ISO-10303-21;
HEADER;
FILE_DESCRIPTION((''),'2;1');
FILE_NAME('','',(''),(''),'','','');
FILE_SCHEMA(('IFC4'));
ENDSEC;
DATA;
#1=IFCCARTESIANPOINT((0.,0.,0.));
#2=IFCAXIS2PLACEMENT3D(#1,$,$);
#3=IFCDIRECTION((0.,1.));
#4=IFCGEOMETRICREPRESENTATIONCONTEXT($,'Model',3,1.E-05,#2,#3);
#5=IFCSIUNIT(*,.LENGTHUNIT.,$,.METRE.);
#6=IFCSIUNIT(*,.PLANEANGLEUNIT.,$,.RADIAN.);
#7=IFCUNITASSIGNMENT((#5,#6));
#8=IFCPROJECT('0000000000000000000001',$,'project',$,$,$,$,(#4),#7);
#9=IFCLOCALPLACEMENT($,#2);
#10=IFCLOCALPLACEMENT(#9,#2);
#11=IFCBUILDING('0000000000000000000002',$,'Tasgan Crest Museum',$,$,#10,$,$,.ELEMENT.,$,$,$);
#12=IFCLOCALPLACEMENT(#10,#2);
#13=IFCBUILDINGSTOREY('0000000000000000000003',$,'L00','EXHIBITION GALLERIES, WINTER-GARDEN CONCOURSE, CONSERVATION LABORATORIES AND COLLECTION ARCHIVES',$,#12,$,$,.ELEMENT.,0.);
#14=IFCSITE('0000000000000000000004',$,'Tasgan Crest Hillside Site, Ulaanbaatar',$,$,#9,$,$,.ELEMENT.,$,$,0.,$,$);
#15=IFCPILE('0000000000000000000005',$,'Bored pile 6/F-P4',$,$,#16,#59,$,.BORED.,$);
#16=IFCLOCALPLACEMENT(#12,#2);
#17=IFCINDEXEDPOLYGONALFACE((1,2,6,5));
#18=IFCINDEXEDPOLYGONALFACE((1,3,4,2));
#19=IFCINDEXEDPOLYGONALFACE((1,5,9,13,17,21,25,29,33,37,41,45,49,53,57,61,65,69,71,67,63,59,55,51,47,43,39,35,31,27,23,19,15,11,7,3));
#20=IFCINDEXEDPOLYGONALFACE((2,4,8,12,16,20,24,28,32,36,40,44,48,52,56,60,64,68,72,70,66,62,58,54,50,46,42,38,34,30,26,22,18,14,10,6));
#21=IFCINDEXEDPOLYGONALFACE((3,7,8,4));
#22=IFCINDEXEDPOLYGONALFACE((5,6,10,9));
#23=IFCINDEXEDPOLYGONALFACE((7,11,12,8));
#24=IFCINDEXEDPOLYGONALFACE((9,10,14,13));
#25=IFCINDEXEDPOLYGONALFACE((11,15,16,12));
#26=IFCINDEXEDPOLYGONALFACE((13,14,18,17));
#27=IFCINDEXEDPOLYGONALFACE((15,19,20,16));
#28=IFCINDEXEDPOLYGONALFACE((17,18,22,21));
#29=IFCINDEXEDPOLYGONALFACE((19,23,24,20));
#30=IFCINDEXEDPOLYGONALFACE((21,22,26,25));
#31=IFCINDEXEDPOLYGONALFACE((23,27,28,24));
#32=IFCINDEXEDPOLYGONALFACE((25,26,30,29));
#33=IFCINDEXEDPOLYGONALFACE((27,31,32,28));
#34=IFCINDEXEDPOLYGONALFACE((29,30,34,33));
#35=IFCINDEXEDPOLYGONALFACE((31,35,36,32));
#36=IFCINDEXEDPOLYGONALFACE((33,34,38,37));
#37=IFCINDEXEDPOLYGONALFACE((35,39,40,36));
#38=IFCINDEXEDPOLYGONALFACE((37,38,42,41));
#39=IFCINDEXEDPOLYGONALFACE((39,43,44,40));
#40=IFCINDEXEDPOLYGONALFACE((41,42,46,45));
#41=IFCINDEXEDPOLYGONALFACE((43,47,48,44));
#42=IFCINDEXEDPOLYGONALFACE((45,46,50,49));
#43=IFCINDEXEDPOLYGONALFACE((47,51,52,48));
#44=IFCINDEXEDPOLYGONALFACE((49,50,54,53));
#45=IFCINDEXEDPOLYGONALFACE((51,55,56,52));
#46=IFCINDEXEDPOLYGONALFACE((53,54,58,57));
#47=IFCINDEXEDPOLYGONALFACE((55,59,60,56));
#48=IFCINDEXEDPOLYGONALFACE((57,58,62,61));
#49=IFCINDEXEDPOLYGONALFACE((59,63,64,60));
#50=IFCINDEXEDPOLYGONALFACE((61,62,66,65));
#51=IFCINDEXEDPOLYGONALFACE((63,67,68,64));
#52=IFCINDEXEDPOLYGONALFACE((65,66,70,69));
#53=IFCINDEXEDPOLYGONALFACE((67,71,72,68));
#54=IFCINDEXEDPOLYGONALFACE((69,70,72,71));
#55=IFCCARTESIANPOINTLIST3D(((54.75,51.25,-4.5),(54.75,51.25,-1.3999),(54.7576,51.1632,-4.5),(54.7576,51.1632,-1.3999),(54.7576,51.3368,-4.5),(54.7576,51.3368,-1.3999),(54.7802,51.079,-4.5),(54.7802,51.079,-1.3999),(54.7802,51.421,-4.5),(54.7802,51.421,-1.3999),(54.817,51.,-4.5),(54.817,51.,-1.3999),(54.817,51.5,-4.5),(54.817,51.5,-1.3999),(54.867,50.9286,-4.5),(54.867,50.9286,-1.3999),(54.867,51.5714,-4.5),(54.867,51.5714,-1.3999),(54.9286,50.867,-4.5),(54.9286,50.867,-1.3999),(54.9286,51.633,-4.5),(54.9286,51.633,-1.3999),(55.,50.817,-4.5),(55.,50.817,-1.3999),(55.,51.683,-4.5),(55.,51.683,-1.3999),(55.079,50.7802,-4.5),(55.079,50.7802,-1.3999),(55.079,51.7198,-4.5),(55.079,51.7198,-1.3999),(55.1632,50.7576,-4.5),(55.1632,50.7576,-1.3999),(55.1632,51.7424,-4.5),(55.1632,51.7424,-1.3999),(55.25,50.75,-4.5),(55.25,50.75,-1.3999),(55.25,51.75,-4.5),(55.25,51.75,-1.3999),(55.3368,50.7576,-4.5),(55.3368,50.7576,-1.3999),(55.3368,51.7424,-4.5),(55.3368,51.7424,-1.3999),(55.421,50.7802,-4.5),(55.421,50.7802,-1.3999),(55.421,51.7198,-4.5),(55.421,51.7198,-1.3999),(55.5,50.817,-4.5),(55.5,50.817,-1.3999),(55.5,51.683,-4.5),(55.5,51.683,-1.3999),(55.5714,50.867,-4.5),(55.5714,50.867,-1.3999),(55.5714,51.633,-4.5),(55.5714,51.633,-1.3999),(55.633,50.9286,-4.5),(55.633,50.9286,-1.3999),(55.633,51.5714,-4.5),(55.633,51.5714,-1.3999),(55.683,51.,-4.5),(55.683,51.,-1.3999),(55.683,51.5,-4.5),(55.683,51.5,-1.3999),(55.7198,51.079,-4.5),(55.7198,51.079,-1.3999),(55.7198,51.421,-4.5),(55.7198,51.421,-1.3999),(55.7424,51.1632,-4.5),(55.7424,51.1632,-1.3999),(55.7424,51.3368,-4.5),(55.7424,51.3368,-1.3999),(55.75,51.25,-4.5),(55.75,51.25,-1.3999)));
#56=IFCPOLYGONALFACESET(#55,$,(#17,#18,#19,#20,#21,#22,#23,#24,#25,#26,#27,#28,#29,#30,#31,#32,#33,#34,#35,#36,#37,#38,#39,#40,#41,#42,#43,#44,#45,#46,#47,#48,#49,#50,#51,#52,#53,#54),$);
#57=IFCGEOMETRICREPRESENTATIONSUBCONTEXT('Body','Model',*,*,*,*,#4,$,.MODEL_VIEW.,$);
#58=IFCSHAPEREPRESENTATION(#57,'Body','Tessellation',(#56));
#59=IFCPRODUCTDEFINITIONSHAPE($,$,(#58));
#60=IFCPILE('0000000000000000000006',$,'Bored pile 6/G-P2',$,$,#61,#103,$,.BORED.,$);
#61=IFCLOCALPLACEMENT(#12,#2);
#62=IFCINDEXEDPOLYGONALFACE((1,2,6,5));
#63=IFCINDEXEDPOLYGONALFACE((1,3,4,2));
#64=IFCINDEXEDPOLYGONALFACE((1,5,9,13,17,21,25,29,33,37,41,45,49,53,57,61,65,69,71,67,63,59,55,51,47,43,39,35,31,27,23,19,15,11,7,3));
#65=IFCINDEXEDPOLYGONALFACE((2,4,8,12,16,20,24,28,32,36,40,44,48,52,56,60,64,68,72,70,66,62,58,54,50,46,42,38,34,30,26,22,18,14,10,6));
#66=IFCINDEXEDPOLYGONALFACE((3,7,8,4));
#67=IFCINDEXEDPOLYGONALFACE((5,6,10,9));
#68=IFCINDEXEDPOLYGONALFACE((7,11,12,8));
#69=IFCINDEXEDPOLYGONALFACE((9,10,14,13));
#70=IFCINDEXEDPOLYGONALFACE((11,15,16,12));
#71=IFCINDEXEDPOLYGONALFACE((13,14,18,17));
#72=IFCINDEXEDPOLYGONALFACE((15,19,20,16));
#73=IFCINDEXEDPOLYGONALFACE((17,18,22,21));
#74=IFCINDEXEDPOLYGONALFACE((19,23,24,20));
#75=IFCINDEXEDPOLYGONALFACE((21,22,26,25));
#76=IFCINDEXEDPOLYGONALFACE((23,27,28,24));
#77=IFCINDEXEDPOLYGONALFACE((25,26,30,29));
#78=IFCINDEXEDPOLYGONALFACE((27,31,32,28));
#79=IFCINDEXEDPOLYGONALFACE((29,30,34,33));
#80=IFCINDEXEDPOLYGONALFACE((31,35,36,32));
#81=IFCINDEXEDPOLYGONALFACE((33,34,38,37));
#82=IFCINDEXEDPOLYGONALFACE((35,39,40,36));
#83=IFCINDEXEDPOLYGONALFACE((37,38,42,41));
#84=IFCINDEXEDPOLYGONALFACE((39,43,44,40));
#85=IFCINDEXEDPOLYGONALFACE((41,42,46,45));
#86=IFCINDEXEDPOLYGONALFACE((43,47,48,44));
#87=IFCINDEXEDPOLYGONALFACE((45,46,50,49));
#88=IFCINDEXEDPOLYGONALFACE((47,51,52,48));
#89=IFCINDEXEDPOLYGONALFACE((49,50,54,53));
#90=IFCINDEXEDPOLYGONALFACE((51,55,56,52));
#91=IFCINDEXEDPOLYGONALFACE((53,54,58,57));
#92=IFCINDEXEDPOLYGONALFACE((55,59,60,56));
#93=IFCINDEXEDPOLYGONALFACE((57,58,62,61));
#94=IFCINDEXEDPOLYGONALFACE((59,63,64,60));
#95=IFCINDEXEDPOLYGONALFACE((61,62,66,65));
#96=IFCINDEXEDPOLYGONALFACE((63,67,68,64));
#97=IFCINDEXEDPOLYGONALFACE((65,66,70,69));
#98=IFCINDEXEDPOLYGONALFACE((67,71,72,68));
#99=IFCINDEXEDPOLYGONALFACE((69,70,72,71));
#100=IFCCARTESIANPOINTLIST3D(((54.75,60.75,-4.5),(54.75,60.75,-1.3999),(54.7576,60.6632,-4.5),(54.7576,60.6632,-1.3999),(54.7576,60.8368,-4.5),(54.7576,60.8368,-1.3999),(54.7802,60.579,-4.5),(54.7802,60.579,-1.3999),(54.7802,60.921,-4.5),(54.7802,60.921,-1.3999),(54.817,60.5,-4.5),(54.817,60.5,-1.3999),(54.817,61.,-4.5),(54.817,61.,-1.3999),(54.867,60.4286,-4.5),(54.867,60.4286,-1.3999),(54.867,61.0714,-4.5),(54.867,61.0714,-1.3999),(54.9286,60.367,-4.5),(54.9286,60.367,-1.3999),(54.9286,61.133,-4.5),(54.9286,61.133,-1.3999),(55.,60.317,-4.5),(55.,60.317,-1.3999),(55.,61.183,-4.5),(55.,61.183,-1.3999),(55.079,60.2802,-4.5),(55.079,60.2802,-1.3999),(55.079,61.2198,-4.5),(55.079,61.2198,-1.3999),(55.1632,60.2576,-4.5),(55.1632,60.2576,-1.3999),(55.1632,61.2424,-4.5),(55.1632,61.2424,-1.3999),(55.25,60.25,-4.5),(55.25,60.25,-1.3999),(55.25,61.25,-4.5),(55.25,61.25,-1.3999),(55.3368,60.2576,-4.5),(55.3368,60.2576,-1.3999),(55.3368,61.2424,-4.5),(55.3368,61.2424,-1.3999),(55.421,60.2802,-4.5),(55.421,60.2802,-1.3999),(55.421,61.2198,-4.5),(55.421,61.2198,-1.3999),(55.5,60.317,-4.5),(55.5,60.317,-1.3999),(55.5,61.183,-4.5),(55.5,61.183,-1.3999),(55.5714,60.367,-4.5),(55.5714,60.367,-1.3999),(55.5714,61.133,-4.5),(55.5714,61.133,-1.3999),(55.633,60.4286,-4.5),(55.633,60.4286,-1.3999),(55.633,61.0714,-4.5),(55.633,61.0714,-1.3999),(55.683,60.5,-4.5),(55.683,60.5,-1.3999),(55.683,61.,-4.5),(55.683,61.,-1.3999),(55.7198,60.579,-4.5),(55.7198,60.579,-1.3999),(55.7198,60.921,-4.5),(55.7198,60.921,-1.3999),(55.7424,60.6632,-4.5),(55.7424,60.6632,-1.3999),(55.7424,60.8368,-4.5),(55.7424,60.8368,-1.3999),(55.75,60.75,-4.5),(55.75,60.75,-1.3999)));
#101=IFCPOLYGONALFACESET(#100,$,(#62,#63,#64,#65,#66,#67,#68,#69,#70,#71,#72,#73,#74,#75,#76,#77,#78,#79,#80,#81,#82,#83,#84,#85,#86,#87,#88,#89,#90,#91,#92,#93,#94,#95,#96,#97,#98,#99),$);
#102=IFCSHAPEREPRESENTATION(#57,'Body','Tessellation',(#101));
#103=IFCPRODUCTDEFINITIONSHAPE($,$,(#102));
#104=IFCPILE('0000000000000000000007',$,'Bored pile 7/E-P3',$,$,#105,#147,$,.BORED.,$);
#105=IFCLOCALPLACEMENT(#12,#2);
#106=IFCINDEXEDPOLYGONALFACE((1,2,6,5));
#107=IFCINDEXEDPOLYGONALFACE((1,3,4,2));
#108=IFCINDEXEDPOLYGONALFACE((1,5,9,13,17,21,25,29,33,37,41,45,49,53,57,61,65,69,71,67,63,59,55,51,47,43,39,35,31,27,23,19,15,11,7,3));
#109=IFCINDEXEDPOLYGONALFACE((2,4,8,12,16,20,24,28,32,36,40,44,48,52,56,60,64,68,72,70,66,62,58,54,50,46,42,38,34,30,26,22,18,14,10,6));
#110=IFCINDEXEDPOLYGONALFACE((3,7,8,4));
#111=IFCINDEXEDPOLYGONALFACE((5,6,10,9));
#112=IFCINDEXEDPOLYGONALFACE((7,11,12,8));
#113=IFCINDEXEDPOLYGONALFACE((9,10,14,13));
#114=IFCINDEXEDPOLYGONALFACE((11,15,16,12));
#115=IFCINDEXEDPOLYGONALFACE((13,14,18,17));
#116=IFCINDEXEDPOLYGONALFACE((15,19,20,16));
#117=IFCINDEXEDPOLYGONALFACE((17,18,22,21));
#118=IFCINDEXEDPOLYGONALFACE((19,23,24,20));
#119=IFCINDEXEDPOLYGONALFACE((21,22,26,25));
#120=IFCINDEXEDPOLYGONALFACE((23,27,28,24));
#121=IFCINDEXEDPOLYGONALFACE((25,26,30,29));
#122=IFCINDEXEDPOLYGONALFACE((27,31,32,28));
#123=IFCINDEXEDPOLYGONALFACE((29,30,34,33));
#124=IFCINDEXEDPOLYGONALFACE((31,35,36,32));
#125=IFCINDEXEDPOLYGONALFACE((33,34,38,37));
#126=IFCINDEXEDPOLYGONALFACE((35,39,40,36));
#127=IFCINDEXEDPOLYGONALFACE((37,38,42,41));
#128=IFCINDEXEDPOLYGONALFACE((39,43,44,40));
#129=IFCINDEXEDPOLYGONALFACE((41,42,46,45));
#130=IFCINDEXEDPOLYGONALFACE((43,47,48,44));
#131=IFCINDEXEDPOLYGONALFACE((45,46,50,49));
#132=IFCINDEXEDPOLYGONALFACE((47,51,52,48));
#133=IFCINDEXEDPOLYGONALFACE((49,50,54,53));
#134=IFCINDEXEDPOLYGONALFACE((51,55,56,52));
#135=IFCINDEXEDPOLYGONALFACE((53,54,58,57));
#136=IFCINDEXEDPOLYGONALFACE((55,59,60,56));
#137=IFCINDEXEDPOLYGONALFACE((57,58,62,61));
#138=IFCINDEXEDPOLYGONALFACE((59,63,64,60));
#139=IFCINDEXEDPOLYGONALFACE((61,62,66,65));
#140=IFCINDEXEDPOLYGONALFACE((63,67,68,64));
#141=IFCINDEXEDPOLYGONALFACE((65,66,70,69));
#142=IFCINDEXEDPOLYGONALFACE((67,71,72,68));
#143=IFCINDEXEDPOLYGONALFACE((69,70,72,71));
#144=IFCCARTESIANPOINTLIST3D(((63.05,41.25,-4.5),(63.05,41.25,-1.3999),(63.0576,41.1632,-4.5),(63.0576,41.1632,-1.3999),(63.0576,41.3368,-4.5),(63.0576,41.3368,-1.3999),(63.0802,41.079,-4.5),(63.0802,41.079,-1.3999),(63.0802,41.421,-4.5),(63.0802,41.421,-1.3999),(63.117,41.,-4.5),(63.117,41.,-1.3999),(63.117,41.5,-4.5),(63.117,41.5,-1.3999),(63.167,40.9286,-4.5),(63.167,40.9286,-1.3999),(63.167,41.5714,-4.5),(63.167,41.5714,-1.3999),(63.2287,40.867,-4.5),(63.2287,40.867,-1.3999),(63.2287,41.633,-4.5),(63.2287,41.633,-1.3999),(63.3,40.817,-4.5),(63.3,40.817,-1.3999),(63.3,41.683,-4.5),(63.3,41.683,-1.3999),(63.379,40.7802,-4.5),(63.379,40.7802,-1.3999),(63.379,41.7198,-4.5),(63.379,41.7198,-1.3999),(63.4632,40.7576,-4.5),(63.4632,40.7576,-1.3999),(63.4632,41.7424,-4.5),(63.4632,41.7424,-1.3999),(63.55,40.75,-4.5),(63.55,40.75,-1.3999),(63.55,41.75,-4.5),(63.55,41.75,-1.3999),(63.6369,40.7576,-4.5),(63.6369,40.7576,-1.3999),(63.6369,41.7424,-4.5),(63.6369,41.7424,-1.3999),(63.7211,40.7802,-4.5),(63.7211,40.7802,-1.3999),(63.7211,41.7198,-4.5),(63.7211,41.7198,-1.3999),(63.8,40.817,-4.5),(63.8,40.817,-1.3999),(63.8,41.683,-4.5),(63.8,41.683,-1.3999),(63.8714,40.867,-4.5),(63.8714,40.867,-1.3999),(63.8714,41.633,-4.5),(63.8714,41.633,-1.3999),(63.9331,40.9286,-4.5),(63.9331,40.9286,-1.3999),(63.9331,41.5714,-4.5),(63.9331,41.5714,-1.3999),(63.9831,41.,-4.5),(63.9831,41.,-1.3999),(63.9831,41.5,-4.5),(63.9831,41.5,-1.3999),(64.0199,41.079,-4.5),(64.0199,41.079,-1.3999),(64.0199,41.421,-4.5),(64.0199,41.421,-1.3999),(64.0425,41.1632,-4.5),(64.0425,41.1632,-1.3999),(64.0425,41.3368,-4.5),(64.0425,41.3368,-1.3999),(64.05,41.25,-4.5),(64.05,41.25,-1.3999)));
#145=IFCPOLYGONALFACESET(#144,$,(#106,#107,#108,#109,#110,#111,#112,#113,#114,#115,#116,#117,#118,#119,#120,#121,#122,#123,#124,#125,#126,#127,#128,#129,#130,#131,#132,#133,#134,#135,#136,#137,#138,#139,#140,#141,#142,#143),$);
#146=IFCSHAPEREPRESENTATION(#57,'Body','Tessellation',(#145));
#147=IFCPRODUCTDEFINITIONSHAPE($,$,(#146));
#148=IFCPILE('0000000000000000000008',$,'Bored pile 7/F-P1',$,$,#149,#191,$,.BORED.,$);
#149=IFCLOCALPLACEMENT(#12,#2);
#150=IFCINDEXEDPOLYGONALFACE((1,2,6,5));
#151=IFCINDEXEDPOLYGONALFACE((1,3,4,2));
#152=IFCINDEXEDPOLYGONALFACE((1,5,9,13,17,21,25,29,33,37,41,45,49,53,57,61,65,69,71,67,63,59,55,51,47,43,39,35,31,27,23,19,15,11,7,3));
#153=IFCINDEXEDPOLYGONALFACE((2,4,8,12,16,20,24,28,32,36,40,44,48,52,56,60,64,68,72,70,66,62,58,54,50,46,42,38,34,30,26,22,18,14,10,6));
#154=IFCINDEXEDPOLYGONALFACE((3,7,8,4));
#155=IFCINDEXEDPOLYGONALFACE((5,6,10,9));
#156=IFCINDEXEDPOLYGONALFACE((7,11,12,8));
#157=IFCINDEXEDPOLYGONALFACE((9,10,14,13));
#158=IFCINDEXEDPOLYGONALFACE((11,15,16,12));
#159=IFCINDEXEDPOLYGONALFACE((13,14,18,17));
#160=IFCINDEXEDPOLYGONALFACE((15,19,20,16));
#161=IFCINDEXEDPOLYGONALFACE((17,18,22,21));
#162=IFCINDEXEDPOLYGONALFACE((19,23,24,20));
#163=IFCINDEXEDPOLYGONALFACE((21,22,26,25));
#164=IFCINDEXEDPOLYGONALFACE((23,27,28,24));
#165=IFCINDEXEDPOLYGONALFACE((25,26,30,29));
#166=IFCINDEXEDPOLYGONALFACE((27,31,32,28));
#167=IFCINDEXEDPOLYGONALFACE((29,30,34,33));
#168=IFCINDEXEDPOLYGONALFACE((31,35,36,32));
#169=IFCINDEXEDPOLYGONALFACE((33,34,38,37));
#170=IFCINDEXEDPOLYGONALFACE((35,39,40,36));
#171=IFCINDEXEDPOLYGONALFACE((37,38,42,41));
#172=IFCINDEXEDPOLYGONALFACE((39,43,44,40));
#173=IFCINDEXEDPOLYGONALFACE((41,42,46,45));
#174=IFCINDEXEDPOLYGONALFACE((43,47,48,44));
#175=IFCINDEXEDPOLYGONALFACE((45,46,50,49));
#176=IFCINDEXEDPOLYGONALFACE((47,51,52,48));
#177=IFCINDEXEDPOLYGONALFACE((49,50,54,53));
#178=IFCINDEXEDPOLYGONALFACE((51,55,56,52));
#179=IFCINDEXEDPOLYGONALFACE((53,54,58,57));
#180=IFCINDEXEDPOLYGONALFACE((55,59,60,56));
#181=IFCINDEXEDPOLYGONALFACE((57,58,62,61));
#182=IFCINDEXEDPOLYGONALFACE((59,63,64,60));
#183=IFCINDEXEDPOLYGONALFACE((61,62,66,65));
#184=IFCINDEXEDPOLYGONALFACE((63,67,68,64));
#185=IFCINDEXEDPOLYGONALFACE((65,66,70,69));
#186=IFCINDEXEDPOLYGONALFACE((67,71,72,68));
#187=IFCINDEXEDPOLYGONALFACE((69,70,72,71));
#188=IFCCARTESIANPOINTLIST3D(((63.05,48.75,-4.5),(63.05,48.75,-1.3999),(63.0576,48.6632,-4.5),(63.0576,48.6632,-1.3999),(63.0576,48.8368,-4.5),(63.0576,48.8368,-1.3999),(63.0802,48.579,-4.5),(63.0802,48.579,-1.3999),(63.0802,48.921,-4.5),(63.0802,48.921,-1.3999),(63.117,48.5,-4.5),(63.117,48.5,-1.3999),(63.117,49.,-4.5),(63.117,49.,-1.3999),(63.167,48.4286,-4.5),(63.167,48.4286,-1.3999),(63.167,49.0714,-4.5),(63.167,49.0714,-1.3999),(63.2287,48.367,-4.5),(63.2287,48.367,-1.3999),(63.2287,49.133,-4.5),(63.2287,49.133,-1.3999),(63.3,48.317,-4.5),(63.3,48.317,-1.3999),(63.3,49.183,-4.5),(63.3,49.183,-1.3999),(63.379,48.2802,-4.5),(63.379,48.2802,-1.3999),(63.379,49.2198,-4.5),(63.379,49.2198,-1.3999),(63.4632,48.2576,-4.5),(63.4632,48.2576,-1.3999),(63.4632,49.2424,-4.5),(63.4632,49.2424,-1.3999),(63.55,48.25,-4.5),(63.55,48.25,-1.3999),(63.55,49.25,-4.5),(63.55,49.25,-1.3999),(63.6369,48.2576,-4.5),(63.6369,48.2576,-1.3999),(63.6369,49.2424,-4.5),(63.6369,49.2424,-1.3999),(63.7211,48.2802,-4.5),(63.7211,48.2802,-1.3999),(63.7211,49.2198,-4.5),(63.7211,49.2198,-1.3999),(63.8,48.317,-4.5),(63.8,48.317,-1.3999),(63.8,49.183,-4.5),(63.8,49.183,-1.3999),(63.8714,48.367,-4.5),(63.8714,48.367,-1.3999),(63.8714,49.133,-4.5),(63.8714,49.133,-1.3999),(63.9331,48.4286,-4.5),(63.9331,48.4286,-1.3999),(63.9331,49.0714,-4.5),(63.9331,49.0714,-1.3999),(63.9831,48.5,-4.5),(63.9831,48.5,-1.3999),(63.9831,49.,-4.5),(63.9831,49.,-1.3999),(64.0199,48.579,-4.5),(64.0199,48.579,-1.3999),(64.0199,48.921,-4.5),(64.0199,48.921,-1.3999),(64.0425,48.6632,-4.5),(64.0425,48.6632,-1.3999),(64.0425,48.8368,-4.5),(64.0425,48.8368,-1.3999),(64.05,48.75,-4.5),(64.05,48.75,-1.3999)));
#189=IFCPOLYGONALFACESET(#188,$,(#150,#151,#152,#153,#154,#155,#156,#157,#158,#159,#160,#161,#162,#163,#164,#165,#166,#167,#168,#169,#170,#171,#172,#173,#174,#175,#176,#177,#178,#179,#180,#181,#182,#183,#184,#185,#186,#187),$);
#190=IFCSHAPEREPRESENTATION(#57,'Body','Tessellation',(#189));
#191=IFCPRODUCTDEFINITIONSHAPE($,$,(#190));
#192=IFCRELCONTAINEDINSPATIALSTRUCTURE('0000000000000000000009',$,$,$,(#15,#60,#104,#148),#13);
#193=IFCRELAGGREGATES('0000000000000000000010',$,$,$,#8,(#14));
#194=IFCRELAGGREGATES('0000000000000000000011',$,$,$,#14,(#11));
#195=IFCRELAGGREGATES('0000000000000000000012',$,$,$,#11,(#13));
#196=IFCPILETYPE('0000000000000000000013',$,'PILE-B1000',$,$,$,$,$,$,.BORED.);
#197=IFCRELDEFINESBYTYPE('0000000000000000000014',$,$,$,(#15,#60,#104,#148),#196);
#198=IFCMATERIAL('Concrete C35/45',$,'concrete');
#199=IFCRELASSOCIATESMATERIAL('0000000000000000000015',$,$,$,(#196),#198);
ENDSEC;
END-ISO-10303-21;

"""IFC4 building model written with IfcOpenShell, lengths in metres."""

from ifc_helpers import new_model, si_unit, direction, frame, origin, origin_2d, place, context, subcontext, project, spatial, circle, extrude, material, material_profile, profile_set, type_object, element, save


model = new_model("IFC4")

# Units and contexts
model_context = context("Model", 3, precision=1e-05, world=origin(), true_north=direction((0.0, 1.0)))
body_context = subcontext(model_context, "Body", "Model", "MODEL_VIEW")
ifc_project = project(units=[si_unit("LENGTHUNIT", "METRE"), si_unit("PLANEANGLEUNIT", "RADIAN")], contexts=[model_context])

# Site, building, storey
site_placement = place(None, origin())
site = spatial("IfcSite", under=ifc_project, at=site_placement, Name="Tasgan Crest Hillside Site, Ulaanbaatar", CompositionType="ELEMENT", RefElevation=0.0)
building_placement = place(site_placement, origin())
building = spatial("IfcBuilding", under=site, at=building_placement, Name="Tasgan Crest Museum", CompositionType="ELEMENT")
storey_placement = place(building_placement, origin())
storey = spatial("IfcBuildingStorey", under=building, at=storey_placement, Name="L00", Description="EXHIBITION GALLERIES, WINTER-GARDEN CONCOURSE, CONSERVATION LABORATORIES AND COLLECTION ARCHIVES", CompositionType="ELEMENT", Elevation=0.0)

# Piles
ifc_material_1 = material(Name="Concrete C35/45", Category="concrete")
ifc_material_profile_1 = material_profile(ifc_material_1, circle(Radius=0.5, at=origin_2d()), Name="PILE D1000")
ifc_profile_set_1 = profile_set([ifc_material_profile_1], Name="Concrete C35/45")
pile_type = type_object("IfcPileType", Name="PILE-B1000", PredefinedType="BORED", material=ifc_profile_set_1)
for number, where, z_axis, x_axis, name in (
    (1, (55.25, 51.25, -1.3999), (0.0, 0.0, -1.0), (1.0, 0.0, 0.0), "Bored pile 6/F-P4"),
    (2, (55.25, 60.75, -1.3999), (0.0, 0.0, -1.0), (1.0, 0.0, 0.0), "Bored pile 6/G-P2"),
    (3, (63.55, 41.25, -1.3999), (0.0, 0.0, -1.0), (1.0, 0.0, 0.0), "Bored pile 7/E-P3"),
    (4, (63.55, 48.75, -1.3999), (0.0, 0.0, -1.0), (1.0, 0.0, 0.0), "Bored pile 7/F-P1"),
):
    element("IfcPile", number, at=place(storey_placement, frame(where, z_axis=z_axis, x_axis=x_axis)), inside=storey, type_object=pile_type, Name=name, PredefinedType="BORED", context=body_context, shape_type="SweptSolid", body=[
        extrude(circle(Radius=0.5, at=origin_2d()), origin(), (0.0, 0.0, 1.0), 3.1001),
    ])

save(model, "model.ifc")
